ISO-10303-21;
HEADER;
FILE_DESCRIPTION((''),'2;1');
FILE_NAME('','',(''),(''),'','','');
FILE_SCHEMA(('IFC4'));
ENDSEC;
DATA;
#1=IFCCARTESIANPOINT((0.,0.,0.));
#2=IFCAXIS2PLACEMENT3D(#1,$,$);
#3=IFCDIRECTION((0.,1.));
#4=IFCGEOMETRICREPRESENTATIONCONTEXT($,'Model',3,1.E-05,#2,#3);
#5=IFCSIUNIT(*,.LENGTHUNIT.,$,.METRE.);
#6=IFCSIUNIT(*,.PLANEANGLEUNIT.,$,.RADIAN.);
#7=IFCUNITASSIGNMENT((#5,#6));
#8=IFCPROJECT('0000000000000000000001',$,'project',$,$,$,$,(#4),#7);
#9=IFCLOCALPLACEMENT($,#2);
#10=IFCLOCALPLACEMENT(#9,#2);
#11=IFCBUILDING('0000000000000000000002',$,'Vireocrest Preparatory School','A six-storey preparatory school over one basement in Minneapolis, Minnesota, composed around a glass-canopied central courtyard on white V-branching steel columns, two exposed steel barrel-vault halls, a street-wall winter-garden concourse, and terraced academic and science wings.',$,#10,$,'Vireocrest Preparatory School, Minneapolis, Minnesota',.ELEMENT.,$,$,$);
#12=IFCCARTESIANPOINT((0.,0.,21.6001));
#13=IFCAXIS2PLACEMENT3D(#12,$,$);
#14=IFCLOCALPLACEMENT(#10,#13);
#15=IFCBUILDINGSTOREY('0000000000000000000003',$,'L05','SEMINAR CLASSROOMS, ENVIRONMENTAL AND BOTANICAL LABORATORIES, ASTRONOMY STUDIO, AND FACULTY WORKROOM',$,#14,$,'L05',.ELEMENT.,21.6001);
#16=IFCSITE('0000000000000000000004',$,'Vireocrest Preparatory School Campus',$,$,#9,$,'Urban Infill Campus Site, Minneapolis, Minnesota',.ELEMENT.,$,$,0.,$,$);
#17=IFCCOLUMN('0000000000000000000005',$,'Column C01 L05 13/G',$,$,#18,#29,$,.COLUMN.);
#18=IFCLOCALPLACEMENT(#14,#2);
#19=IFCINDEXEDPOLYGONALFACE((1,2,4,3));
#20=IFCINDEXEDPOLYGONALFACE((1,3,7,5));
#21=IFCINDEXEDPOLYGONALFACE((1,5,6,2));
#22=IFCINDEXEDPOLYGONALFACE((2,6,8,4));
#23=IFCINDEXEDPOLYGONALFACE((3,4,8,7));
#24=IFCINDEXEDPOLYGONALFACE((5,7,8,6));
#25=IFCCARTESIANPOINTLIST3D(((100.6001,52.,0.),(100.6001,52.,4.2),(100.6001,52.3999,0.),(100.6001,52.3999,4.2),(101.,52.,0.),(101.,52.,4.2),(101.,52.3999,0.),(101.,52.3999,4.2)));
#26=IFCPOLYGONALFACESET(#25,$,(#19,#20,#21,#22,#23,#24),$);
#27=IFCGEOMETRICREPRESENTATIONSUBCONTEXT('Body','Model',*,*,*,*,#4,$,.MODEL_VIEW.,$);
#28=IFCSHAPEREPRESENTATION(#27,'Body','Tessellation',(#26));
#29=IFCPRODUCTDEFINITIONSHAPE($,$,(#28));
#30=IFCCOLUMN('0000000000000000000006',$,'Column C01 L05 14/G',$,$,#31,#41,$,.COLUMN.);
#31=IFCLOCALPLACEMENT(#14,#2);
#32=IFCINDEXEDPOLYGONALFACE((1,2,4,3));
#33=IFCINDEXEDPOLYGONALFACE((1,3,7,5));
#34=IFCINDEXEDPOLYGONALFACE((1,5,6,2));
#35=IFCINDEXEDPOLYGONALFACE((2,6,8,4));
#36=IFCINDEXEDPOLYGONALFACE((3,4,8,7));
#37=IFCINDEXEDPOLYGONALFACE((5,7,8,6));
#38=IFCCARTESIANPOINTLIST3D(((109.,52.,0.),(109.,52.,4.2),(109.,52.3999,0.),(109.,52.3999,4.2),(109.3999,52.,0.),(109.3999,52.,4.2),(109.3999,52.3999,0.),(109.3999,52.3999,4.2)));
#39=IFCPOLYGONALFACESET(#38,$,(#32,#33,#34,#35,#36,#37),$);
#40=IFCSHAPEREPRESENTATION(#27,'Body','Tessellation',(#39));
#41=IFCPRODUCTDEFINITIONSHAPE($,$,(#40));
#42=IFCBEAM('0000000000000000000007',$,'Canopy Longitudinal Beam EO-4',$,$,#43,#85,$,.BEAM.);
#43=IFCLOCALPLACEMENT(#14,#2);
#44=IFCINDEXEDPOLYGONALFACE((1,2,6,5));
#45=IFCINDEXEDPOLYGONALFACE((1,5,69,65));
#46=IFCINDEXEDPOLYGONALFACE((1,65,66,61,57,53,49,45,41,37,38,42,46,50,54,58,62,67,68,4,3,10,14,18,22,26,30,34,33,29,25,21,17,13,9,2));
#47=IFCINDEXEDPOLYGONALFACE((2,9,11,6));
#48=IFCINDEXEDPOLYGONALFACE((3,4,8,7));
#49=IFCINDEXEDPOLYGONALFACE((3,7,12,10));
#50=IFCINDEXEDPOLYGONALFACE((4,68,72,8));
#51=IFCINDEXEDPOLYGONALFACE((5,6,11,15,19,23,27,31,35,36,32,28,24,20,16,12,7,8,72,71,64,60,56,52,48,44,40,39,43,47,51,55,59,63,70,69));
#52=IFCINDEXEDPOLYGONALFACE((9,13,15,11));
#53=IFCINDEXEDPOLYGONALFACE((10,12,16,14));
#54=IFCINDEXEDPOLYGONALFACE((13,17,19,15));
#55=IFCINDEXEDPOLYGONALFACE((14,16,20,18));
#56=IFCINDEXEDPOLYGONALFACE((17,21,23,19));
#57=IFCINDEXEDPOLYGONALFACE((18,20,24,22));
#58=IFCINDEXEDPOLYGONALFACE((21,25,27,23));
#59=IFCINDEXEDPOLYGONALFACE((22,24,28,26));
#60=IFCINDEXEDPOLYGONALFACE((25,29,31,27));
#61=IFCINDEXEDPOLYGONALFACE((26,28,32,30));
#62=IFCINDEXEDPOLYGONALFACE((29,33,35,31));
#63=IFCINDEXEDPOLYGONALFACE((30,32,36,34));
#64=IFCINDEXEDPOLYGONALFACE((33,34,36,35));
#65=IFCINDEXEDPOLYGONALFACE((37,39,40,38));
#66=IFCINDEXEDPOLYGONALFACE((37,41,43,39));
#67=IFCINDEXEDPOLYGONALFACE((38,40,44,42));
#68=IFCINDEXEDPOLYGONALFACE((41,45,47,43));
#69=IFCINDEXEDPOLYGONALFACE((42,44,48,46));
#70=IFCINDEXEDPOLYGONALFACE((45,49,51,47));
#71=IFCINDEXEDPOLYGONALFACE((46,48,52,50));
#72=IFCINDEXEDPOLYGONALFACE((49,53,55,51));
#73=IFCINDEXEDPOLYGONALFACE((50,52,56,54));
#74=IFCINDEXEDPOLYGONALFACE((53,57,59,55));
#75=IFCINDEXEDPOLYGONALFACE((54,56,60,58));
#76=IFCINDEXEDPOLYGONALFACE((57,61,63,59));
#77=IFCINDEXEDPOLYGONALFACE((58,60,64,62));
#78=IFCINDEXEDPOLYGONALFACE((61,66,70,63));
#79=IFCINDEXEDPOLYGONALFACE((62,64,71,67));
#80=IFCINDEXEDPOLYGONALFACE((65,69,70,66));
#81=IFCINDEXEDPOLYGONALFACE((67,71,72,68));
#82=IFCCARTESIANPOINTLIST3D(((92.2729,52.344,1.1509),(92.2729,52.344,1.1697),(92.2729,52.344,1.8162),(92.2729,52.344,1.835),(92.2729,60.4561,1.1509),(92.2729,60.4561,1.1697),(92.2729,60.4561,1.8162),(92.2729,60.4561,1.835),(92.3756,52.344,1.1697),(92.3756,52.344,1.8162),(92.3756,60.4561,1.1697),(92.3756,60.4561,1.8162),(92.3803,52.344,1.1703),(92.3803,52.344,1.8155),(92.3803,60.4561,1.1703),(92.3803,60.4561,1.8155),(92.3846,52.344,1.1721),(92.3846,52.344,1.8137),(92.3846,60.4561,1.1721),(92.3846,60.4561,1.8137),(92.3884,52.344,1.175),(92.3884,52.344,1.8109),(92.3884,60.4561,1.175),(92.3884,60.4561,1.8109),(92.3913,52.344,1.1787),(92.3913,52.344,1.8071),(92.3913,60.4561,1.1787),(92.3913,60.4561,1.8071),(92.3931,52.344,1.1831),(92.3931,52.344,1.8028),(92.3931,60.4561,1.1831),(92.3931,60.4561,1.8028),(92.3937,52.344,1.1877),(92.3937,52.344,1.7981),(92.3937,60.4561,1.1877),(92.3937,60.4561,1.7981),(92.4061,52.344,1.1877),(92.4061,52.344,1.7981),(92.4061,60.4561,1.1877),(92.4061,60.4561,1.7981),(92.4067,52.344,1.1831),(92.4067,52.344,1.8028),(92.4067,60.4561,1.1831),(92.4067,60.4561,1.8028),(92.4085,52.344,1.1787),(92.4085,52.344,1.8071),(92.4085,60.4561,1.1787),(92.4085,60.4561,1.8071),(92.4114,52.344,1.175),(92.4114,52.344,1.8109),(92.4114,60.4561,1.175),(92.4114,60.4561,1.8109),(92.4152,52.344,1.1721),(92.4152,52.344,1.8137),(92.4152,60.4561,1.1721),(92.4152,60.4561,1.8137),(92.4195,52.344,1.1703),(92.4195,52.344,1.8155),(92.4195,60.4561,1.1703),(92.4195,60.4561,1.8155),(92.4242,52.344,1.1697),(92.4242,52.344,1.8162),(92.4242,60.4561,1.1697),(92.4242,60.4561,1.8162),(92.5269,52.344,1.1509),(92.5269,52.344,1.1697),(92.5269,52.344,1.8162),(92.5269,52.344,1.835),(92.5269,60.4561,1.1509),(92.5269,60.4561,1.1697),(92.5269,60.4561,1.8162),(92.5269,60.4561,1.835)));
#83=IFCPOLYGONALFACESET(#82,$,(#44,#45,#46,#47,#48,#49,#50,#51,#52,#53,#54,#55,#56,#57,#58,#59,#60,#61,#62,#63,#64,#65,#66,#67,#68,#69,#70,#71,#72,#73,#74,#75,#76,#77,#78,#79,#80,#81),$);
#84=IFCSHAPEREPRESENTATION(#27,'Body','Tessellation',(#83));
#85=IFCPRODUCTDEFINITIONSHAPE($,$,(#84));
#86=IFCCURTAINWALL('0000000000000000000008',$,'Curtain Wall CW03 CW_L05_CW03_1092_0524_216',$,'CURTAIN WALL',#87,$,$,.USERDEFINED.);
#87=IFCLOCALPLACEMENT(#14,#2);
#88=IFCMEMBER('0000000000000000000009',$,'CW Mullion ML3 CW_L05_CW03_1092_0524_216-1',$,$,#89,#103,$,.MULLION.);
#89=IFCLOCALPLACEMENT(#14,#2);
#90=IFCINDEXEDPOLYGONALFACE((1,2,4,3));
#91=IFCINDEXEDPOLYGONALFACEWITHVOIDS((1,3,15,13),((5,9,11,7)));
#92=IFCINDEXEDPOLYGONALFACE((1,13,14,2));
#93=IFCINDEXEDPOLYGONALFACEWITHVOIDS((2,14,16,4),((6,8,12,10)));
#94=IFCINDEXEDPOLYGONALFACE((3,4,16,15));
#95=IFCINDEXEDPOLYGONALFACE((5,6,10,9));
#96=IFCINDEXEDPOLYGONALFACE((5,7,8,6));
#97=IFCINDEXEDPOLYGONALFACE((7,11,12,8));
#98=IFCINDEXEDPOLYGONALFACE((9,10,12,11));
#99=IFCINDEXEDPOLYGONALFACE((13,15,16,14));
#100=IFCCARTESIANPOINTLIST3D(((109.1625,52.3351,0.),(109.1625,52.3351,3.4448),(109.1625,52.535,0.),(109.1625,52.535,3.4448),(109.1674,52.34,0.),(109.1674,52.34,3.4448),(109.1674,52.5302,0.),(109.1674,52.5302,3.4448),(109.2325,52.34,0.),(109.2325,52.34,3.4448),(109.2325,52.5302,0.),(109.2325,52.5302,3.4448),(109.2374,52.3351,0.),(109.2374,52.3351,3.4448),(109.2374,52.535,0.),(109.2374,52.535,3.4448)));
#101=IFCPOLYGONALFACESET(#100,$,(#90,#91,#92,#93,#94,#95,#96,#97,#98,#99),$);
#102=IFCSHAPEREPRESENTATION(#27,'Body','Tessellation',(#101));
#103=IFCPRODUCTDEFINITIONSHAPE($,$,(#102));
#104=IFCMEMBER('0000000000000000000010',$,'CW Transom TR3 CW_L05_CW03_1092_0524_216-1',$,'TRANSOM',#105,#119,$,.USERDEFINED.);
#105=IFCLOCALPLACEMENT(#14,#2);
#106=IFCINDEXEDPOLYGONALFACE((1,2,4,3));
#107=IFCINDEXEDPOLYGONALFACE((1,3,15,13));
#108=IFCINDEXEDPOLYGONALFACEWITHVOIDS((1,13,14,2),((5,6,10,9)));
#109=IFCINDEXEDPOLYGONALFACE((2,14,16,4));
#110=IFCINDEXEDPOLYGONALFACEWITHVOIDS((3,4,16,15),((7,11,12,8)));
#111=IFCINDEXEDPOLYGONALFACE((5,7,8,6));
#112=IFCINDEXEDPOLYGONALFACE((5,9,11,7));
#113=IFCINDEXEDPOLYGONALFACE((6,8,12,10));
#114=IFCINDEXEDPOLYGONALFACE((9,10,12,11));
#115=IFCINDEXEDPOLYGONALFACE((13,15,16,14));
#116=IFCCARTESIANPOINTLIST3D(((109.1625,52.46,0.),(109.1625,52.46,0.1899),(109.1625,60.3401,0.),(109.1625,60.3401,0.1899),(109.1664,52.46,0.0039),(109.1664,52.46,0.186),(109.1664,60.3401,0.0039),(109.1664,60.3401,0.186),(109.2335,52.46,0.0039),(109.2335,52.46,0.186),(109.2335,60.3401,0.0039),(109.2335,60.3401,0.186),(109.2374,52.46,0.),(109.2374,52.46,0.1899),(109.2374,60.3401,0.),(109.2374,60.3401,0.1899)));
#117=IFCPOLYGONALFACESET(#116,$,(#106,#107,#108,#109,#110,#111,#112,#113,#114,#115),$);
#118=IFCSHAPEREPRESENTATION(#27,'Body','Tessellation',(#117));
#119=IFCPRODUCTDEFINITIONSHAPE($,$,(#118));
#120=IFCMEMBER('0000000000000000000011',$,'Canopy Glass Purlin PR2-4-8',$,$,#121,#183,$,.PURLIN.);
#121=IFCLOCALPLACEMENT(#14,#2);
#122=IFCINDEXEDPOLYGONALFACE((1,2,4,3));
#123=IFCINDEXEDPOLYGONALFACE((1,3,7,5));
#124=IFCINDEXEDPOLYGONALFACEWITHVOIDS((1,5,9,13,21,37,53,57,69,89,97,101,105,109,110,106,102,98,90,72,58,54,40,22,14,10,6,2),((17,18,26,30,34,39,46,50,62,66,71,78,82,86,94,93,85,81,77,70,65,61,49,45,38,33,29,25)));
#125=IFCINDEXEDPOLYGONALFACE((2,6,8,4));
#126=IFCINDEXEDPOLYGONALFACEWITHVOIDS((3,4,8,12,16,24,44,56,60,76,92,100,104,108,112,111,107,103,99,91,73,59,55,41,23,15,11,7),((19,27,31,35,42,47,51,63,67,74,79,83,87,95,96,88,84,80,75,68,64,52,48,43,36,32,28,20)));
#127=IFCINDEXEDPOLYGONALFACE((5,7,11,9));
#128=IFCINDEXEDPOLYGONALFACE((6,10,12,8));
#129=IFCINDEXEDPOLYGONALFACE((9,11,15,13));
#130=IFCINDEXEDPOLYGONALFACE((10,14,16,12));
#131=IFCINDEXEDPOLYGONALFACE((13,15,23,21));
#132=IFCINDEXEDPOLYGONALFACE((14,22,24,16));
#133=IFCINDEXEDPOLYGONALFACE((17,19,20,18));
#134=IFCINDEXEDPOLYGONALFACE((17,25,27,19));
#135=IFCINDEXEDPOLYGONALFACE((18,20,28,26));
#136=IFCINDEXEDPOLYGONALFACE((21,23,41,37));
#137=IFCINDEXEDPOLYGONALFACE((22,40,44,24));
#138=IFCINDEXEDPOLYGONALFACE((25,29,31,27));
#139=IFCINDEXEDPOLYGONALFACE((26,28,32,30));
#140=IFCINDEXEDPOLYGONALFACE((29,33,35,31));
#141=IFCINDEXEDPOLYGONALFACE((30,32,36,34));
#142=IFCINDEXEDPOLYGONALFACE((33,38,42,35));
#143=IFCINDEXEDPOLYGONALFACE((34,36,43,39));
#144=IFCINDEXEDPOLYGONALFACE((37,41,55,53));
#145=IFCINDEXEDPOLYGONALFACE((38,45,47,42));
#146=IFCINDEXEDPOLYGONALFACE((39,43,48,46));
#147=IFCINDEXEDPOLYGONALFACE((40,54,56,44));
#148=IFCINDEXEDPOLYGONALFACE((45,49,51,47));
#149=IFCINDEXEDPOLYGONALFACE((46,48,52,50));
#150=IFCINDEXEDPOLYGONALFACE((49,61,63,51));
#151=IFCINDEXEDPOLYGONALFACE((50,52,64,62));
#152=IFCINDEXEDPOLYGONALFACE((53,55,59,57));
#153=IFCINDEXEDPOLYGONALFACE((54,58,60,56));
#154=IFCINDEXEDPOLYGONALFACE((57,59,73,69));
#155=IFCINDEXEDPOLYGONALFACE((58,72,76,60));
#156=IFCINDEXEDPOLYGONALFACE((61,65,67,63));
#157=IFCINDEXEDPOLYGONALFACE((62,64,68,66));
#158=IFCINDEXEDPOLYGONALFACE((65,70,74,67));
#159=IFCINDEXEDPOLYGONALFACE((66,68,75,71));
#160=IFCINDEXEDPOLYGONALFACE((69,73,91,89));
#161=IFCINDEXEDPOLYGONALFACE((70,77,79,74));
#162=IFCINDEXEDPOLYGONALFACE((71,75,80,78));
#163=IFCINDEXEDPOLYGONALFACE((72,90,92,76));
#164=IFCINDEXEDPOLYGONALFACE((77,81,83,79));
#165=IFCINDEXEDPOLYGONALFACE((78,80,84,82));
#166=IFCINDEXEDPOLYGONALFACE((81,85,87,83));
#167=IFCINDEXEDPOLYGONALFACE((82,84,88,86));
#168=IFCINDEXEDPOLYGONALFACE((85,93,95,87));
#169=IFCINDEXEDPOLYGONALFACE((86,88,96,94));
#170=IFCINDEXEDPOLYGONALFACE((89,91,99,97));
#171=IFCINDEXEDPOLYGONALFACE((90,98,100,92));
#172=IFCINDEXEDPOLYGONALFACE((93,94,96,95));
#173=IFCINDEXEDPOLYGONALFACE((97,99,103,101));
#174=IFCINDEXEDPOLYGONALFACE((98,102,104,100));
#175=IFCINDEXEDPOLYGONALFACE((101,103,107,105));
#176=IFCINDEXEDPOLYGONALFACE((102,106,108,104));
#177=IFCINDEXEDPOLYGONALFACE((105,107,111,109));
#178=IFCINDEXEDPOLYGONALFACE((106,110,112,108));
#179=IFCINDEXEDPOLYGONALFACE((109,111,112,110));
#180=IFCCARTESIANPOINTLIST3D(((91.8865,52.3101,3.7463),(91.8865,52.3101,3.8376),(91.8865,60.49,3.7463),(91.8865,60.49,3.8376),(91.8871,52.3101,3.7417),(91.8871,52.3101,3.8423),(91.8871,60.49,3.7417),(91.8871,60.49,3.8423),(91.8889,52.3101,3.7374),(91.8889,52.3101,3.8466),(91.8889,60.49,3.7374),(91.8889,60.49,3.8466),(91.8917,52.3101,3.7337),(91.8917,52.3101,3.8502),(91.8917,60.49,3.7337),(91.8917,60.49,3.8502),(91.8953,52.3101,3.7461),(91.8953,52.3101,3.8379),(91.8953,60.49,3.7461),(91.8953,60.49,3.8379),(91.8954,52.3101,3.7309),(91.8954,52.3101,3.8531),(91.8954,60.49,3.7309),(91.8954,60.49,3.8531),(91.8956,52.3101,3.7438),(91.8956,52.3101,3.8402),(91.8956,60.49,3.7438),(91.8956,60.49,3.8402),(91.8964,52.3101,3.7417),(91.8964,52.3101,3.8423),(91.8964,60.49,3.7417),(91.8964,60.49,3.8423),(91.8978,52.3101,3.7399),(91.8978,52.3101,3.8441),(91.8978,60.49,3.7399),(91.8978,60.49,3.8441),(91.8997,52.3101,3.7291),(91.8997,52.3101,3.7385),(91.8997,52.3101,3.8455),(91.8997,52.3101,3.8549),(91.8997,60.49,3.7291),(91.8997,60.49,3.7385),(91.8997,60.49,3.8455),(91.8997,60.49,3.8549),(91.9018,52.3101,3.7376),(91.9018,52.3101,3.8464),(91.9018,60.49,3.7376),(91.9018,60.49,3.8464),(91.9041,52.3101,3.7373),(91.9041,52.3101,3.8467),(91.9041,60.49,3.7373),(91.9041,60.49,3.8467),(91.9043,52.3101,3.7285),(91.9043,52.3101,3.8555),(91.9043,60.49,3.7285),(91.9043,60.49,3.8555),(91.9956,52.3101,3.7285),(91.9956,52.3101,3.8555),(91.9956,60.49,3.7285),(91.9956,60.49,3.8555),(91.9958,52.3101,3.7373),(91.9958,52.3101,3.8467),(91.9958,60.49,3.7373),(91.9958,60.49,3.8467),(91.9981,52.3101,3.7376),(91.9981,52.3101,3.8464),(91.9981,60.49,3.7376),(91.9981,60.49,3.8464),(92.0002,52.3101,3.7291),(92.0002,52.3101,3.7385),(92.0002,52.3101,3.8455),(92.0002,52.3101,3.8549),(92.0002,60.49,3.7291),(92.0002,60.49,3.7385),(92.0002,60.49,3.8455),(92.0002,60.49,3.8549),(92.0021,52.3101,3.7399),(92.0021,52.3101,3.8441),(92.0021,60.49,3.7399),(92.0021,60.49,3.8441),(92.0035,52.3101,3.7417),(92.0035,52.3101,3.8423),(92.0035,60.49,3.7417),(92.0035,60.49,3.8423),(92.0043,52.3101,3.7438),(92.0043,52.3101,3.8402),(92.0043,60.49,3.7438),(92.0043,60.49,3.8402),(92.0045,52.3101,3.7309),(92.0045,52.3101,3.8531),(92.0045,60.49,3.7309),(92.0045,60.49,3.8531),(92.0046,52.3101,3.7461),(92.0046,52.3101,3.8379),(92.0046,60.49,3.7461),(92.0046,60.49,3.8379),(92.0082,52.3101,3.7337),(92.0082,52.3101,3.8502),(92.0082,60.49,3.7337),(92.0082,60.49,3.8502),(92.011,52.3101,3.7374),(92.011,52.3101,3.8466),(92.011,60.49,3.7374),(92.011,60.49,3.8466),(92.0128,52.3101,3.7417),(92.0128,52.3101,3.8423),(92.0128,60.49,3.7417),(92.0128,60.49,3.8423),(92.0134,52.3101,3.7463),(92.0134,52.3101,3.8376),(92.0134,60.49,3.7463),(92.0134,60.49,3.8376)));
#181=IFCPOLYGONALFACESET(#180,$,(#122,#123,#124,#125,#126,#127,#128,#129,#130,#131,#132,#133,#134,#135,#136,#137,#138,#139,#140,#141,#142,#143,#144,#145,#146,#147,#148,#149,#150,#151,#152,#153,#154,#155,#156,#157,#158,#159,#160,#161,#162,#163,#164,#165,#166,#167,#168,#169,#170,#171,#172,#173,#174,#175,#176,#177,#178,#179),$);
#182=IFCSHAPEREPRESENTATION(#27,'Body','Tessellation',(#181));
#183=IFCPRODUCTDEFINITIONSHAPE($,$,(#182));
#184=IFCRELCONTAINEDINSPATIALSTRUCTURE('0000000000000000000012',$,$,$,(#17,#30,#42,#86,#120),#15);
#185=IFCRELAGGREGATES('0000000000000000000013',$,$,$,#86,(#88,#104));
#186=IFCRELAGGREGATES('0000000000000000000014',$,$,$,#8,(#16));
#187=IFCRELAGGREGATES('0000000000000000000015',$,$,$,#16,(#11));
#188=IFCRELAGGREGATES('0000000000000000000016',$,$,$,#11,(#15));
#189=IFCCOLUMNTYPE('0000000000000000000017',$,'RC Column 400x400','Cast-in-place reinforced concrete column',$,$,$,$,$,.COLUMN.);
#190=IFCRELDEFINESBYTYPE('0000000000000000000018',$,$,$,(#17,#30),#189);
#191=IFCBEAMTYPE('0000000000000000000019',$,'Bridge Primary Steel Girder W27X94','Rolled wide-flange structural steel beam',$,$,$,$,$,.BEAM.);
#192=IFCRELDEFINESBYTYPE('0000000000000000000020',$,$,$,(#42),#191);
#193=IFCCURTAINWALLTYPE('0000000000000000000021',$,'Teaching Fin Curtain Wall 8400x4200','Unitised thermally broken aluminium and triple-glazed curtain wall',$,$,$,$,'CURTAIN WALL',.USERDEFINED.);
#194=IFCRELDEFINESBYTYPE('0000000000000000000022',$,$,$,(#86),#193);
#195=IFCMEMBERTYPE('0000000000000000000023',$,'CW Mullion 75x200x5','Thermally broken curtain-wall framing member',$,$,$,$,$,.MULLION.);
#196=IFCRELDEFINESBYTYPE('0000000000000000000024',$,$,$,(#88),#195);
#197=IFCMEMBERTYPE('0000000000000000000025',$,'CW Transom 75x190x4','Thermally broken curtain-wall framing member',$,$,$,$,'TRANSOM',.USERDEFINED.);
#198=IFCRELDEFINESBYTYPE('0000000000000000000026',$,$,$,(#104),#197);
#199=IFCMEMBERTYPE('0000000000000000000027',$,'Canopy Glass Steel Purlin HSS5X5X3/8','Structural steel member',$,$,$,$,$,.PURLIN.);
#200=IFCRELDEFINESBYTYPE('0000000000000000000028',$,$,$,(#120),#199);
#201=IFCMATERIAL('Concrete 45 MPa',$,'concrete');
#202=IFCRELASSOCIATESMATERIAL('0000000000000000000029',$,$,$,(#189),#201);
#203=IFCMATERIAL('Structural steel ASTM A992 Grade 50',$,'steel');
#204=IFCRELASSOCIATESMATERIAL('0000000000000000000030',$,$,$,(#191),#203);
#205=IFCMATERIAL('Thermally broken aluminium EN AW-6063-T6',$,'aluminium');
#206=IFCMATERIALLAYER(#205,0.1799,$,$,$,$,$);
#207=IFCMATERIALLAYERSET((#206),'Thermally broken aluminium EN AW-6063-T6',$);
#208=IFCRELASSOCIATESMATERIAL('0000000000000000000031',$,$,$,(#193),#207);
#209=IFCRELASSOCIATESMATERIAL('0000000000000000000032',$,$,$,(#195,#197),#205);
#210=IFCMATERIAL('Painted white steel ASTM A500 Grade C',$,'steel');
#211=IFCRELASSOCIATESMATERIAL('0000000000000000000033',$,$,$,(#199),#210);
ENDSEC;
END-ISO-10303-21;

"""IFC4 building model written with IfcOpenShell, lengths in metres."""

from ifc_helpers import new_model, si_unit, direction, frame, origin, origin_2d, place, context, subcontext, project, spatial, rectangle, hollow_rectangle, i_section, extrude, material, layer, layer_set, material_profile, profile_set, type_object, element, aggregate, save


model = new_model("IFC4")

# Units and contexts
model_context = context("Model", 3, precision=1e-05, world=origin(), true_north=direction((0.0, 1.0)))
body_context = subcontext(model_context, "Body", "Model", "MODEL_VIEW")
ifc_project = project(units=[si_unit("LENGTHUNIT", "METRE"), si_unit("PLANEANGLEUNIT", "RADIAN")], contexts=[model_context])

# Site, building, storey
site_placement = place(None, origin())
site = spatial("IfcSite", under=ifc_project, at=site_placement, Name="Vireocrest Preparatory School Campus", LongName="Urban Infill Campus Site, Minneapolis, Minnesota", CompositionType="ELEMENT", RefElevation=0.0)
building_placement = place(site_placement, origin())
building = spatial("IfcBuilding", under=site, at=building_placement, Name="Vireocrest Preparatory School", Description="A six-storey preparatory school over one basement in Minneapolis, Minnesota, composed around a glass-canopied central courtyard on white V-branching steel columns, two exposed steel barrel-vault halls, a street-wall winter-garden concourse, and terraced academic and science wings.", LongName="Vireocrest Preparatory School, Minneapolis, Minnesota", CompositionType="ELEMENT")
storey_placement = place(building_placement, frame((0.0, 0.0, 21.6001)))
storey = spatial("IfcBuildingStorey", under=building, at=storey_placement, Name="L05", Description="SEMINAR CLASSROOMS, ENVIRONMENTAL AND BOTANICAL LABORATORIES, ASTRONOMY STUDIO, AND FACULTY WORKROOM", LongName="L05", CompositionType="ELEMENT", Elevation=21.6001)

# Columns
ifc_material_1 = material(Name="Concrete 45 MPa", Category="concrete")
ifc_material_profile_1 = material_profile(ifc_material_1, rectangle(XDim=0.3999, YDim=0.3999, at=origin_2d()), Name="RC 400x400")
ifc_profile_set_1 = profile_set([ifc_material_profile_1], Name="Concrete 45 MPa")
column_type = type_object("IfcColumnType", Name="RC Column 400x400", Description="Cast-in-place reinforced concrete column", PredefinedType="COLUMN", material=ifc_profile_set_1)
for number, where, z_axis, x_axis, name in (
    (1, (100.8, 52.2, 0.0), (0.0, 0.0, 1.0), (1.0, 0.0, 0.0), "Column C01 L05 13/G"),
    (2, (109.2, 52.2, 0.0), (0.0, 0.0, 1.0), (1.0, 0.0, 0.0), "Column C01 L05 14/G"),
):
    element("IfcColumn", number, at=place(storey_placement, frame(where, z_axis=z_axis, x_axis=x_axis)), inside=storey, type_object=column_type, Name=name, PredefinedType="COLUMN", context=body_context, shape_type="SweptSolid", body=[
        extrude(rectangle(XDim=0.3999, YDim=0.3999, at=origin_2d()), origin(), (0.0, 0.0, 1.0), 4.2),
    ])

# Beam
ifc_material_2 = material(Name="Structural steel ASTM A992 Grade 50", Category="steel")
ifc_material_profile_2 = material_profile(ifc_material_2, i_section(OverallWidth=0.2539, OverallDepth=0.6841, WebThickness=0.0125, FlangeThickness=0.0188, FilletRadius=0.0181, at=origin_2d()), Name="W27X94")
ifc_profile_set_2 = profile_set([ifc_material_profile_2], Name="Structural steel ASTM A992 Grade 50")
beam_type_1 = type_object("IfcBeamType", Name="Bridge Primary Steel Girder W27X94", Description="Rolled wide-flange structural steel beam", PredefinedType="BEAM", material=ifc_profile_set_2)
beam_1_placement = place(storey_placement, frame((92.3999, 52.344, 1.4929), z_axis=(0.0, 1.0, 0.0), x_axis=(-1.0, 0.0, 0.0)))
element("IfcBeam", 3, at=beam_1_placement, inside=storey, type_object=beam_type_1, Name="Canopy Longitudinal Beam EO-4", PredefinedType="BEAM", context=body_context, shape_type="SweptSolid", body=[
    extrude(i_section(OverallWidth=0.2539, OverallDepth=0.6841, WebThickness=0.0125, FlangeThickness=0.0188, FilletRadius=0.0181, at=origin_2d()), origin(), (0.0, 0.0, 1.0), 8.1121),
])

# Curtain wall, members
ifc_material_3 = material(Name="Thermally broken aluminium EN AW-6063-T6", Category="aluminium")
ifc_layer_1 = layer(ifc_material_3, 0.1799)
ifc_layer_set_1 = layer_set([ifc_layer_1], Name="Thermally broken aluminium EN AW-6063-T6")
curtain_wall_type = type_object("IfcCurtainWallType", Name="Teaching Fin Curtain Wall 8400x4200", Description="Unitised thermally broken aluminium and triple-glazed curtain wall", ElementType="CURTAIN WALL", PredefinedType="USERDEFINED", material=ifc_layer_set_1)
curtain_wall_placement = place(storey_placement, origin())
curtain_wall = element("IfcCurtainWall", 4, at=curtain_wall_placement, inside=storey, type_object=curtain_wall_type, Name="Curtain Wall CW03 CW_L05_CW03_1092_0524_216", ObjectType="CURTAIN WALL", PredefinedType="USERDEFINED")
ifc_material_profile_3 = material_profile(ifc_material_3, hollow_rectangle(XDim=0.075, YDim=0.2, WallThickness=0.0049, at=origin_2d()), Name="ALU 75x200x5")
ifc_profile_set_3 = profile_set([ifc_material_profile_3], Name="Thermally broken aluminium EN AW-6063-T6")
member_type_1 = type_object("IfcMemberType", Name="CW Mullion 75x200x5", Description="Thermally broken curtain-wall framing member", PredefinedType="MULLION", material=ifc_profile_set_3)
member_1_placement = place(storey_placement, frame((109.2, 52.4351, 0.0), z_axis=(0.0, 0.0, 1.0), x_axis=(1.0, 0.0, 0.0)))
member_1 = element("IfcMember", 5, at=member_1_placement, type_object=member_type_1, Name="CW Mullion ML3 CW_L05_CW03_1092_0524_216-1", PredefinedType="MULLION", context=body_context, shape_type="SweptSolid", body=[
    extrude(hollow_rectangle(XDim=0.075, YDim=0.2, WallThickness=0.0049, at=origin_2d()), origin(), (0.0, 0.0, 1.0), 3.4448),
])
ifc_material_profile_4 = material_profile(ifc_material_3, hollow_rectangle(XDim=0.075, YDim=0.1899, WallThickness=0.0039, at=origin_2d()), Name="ALU 75x190x4")
ifc_profile_set_4 = profile_set([ifc_material_profile_4], Name="Thermally broken aluminium EN AW-6063-T6")
member_type_2 = type_object("IfcMemberType", Name="CW Transom 75x190x4", Description="Thermally broken curtain-wall framing member", ElementType="TRANSOM", PredefinedType="USERDEFINED", material=ifc_profile_set_4)
member_2_placement = place(storey_placement, frame((109.2, 52.46, 0.095), z_axis=(0.0, 1.0, 0.0), x_axis=(-1.0, 0.0, 0.0)))
member_2 = element("IfcMember", 6, at=member_2_placement, type_object=member_type_2, Name="CW Transom TR3 CW_L05_CW03_1092_0524_216-1", ObjectType="TRANSOM", PredefinedType="USERDEFINED", context=body_context, shape_type="SweptSolid", body=[
    extrude(hollow_rectangle(XDim=0.075, YDim=0.1899, WallThickness=0.0039, at=origin_2d()), origin(), (0.0, 0.0, 1.0), 7.8801),
])
aggregate(curtain_wall, [member_1, member_2])

# Member
ifc_material_4 = material(Name="Painted white steel ASTM A500 Grade C", Category="steel")
ifc_material_profile_5 = material_profile(ifc_material_4, hollow_rectangle(XDim=0.127, YDim=0.127, WallThickness=0.0088, InnerFilletRadius=0.0088, OuterFilletRadius=0.0178, at=origin_2d()), Name="HSS5X5X3/8")
ifc_profile_set_5 = profile_set([ifc_material_profile_5], Name="Painted white steel ASTM A500 Grade C")
member_type_3 = type_object("IfcMemberType", Name="Canopy Glass Steel Purlin HSS5X5X3/8", Description="Structural steel member", PredefinedType="PURLIN", material=ifc_profile_set_5)
member_3_placement = place(storey_placement, frame((91.95, 52.3101, 3.792), z_axis=(0.0, 1.0, 0.0), x_axis=(-1.0, 0.0, 0.0)))
element("IfcMember", 7, at=member_3_placement, inside=storey, type_object=member_type_3, Name="Canopy Glass Purlin PR2-4-8", PredefinedType="PURLIN", context=body_context, shape_type="SweptSolid", body=[
    extrude(hollow_rectangle(XDim=0.127, YDim=0.127, WallThickness=0.0088, InnerFilletRadius=0.0088, OuterFilletRadius=0.0178, at=origin_2d()), origin(), (0.0, 0.0, 1.0), 8.1799),
])

save(model, "model.ifc")
